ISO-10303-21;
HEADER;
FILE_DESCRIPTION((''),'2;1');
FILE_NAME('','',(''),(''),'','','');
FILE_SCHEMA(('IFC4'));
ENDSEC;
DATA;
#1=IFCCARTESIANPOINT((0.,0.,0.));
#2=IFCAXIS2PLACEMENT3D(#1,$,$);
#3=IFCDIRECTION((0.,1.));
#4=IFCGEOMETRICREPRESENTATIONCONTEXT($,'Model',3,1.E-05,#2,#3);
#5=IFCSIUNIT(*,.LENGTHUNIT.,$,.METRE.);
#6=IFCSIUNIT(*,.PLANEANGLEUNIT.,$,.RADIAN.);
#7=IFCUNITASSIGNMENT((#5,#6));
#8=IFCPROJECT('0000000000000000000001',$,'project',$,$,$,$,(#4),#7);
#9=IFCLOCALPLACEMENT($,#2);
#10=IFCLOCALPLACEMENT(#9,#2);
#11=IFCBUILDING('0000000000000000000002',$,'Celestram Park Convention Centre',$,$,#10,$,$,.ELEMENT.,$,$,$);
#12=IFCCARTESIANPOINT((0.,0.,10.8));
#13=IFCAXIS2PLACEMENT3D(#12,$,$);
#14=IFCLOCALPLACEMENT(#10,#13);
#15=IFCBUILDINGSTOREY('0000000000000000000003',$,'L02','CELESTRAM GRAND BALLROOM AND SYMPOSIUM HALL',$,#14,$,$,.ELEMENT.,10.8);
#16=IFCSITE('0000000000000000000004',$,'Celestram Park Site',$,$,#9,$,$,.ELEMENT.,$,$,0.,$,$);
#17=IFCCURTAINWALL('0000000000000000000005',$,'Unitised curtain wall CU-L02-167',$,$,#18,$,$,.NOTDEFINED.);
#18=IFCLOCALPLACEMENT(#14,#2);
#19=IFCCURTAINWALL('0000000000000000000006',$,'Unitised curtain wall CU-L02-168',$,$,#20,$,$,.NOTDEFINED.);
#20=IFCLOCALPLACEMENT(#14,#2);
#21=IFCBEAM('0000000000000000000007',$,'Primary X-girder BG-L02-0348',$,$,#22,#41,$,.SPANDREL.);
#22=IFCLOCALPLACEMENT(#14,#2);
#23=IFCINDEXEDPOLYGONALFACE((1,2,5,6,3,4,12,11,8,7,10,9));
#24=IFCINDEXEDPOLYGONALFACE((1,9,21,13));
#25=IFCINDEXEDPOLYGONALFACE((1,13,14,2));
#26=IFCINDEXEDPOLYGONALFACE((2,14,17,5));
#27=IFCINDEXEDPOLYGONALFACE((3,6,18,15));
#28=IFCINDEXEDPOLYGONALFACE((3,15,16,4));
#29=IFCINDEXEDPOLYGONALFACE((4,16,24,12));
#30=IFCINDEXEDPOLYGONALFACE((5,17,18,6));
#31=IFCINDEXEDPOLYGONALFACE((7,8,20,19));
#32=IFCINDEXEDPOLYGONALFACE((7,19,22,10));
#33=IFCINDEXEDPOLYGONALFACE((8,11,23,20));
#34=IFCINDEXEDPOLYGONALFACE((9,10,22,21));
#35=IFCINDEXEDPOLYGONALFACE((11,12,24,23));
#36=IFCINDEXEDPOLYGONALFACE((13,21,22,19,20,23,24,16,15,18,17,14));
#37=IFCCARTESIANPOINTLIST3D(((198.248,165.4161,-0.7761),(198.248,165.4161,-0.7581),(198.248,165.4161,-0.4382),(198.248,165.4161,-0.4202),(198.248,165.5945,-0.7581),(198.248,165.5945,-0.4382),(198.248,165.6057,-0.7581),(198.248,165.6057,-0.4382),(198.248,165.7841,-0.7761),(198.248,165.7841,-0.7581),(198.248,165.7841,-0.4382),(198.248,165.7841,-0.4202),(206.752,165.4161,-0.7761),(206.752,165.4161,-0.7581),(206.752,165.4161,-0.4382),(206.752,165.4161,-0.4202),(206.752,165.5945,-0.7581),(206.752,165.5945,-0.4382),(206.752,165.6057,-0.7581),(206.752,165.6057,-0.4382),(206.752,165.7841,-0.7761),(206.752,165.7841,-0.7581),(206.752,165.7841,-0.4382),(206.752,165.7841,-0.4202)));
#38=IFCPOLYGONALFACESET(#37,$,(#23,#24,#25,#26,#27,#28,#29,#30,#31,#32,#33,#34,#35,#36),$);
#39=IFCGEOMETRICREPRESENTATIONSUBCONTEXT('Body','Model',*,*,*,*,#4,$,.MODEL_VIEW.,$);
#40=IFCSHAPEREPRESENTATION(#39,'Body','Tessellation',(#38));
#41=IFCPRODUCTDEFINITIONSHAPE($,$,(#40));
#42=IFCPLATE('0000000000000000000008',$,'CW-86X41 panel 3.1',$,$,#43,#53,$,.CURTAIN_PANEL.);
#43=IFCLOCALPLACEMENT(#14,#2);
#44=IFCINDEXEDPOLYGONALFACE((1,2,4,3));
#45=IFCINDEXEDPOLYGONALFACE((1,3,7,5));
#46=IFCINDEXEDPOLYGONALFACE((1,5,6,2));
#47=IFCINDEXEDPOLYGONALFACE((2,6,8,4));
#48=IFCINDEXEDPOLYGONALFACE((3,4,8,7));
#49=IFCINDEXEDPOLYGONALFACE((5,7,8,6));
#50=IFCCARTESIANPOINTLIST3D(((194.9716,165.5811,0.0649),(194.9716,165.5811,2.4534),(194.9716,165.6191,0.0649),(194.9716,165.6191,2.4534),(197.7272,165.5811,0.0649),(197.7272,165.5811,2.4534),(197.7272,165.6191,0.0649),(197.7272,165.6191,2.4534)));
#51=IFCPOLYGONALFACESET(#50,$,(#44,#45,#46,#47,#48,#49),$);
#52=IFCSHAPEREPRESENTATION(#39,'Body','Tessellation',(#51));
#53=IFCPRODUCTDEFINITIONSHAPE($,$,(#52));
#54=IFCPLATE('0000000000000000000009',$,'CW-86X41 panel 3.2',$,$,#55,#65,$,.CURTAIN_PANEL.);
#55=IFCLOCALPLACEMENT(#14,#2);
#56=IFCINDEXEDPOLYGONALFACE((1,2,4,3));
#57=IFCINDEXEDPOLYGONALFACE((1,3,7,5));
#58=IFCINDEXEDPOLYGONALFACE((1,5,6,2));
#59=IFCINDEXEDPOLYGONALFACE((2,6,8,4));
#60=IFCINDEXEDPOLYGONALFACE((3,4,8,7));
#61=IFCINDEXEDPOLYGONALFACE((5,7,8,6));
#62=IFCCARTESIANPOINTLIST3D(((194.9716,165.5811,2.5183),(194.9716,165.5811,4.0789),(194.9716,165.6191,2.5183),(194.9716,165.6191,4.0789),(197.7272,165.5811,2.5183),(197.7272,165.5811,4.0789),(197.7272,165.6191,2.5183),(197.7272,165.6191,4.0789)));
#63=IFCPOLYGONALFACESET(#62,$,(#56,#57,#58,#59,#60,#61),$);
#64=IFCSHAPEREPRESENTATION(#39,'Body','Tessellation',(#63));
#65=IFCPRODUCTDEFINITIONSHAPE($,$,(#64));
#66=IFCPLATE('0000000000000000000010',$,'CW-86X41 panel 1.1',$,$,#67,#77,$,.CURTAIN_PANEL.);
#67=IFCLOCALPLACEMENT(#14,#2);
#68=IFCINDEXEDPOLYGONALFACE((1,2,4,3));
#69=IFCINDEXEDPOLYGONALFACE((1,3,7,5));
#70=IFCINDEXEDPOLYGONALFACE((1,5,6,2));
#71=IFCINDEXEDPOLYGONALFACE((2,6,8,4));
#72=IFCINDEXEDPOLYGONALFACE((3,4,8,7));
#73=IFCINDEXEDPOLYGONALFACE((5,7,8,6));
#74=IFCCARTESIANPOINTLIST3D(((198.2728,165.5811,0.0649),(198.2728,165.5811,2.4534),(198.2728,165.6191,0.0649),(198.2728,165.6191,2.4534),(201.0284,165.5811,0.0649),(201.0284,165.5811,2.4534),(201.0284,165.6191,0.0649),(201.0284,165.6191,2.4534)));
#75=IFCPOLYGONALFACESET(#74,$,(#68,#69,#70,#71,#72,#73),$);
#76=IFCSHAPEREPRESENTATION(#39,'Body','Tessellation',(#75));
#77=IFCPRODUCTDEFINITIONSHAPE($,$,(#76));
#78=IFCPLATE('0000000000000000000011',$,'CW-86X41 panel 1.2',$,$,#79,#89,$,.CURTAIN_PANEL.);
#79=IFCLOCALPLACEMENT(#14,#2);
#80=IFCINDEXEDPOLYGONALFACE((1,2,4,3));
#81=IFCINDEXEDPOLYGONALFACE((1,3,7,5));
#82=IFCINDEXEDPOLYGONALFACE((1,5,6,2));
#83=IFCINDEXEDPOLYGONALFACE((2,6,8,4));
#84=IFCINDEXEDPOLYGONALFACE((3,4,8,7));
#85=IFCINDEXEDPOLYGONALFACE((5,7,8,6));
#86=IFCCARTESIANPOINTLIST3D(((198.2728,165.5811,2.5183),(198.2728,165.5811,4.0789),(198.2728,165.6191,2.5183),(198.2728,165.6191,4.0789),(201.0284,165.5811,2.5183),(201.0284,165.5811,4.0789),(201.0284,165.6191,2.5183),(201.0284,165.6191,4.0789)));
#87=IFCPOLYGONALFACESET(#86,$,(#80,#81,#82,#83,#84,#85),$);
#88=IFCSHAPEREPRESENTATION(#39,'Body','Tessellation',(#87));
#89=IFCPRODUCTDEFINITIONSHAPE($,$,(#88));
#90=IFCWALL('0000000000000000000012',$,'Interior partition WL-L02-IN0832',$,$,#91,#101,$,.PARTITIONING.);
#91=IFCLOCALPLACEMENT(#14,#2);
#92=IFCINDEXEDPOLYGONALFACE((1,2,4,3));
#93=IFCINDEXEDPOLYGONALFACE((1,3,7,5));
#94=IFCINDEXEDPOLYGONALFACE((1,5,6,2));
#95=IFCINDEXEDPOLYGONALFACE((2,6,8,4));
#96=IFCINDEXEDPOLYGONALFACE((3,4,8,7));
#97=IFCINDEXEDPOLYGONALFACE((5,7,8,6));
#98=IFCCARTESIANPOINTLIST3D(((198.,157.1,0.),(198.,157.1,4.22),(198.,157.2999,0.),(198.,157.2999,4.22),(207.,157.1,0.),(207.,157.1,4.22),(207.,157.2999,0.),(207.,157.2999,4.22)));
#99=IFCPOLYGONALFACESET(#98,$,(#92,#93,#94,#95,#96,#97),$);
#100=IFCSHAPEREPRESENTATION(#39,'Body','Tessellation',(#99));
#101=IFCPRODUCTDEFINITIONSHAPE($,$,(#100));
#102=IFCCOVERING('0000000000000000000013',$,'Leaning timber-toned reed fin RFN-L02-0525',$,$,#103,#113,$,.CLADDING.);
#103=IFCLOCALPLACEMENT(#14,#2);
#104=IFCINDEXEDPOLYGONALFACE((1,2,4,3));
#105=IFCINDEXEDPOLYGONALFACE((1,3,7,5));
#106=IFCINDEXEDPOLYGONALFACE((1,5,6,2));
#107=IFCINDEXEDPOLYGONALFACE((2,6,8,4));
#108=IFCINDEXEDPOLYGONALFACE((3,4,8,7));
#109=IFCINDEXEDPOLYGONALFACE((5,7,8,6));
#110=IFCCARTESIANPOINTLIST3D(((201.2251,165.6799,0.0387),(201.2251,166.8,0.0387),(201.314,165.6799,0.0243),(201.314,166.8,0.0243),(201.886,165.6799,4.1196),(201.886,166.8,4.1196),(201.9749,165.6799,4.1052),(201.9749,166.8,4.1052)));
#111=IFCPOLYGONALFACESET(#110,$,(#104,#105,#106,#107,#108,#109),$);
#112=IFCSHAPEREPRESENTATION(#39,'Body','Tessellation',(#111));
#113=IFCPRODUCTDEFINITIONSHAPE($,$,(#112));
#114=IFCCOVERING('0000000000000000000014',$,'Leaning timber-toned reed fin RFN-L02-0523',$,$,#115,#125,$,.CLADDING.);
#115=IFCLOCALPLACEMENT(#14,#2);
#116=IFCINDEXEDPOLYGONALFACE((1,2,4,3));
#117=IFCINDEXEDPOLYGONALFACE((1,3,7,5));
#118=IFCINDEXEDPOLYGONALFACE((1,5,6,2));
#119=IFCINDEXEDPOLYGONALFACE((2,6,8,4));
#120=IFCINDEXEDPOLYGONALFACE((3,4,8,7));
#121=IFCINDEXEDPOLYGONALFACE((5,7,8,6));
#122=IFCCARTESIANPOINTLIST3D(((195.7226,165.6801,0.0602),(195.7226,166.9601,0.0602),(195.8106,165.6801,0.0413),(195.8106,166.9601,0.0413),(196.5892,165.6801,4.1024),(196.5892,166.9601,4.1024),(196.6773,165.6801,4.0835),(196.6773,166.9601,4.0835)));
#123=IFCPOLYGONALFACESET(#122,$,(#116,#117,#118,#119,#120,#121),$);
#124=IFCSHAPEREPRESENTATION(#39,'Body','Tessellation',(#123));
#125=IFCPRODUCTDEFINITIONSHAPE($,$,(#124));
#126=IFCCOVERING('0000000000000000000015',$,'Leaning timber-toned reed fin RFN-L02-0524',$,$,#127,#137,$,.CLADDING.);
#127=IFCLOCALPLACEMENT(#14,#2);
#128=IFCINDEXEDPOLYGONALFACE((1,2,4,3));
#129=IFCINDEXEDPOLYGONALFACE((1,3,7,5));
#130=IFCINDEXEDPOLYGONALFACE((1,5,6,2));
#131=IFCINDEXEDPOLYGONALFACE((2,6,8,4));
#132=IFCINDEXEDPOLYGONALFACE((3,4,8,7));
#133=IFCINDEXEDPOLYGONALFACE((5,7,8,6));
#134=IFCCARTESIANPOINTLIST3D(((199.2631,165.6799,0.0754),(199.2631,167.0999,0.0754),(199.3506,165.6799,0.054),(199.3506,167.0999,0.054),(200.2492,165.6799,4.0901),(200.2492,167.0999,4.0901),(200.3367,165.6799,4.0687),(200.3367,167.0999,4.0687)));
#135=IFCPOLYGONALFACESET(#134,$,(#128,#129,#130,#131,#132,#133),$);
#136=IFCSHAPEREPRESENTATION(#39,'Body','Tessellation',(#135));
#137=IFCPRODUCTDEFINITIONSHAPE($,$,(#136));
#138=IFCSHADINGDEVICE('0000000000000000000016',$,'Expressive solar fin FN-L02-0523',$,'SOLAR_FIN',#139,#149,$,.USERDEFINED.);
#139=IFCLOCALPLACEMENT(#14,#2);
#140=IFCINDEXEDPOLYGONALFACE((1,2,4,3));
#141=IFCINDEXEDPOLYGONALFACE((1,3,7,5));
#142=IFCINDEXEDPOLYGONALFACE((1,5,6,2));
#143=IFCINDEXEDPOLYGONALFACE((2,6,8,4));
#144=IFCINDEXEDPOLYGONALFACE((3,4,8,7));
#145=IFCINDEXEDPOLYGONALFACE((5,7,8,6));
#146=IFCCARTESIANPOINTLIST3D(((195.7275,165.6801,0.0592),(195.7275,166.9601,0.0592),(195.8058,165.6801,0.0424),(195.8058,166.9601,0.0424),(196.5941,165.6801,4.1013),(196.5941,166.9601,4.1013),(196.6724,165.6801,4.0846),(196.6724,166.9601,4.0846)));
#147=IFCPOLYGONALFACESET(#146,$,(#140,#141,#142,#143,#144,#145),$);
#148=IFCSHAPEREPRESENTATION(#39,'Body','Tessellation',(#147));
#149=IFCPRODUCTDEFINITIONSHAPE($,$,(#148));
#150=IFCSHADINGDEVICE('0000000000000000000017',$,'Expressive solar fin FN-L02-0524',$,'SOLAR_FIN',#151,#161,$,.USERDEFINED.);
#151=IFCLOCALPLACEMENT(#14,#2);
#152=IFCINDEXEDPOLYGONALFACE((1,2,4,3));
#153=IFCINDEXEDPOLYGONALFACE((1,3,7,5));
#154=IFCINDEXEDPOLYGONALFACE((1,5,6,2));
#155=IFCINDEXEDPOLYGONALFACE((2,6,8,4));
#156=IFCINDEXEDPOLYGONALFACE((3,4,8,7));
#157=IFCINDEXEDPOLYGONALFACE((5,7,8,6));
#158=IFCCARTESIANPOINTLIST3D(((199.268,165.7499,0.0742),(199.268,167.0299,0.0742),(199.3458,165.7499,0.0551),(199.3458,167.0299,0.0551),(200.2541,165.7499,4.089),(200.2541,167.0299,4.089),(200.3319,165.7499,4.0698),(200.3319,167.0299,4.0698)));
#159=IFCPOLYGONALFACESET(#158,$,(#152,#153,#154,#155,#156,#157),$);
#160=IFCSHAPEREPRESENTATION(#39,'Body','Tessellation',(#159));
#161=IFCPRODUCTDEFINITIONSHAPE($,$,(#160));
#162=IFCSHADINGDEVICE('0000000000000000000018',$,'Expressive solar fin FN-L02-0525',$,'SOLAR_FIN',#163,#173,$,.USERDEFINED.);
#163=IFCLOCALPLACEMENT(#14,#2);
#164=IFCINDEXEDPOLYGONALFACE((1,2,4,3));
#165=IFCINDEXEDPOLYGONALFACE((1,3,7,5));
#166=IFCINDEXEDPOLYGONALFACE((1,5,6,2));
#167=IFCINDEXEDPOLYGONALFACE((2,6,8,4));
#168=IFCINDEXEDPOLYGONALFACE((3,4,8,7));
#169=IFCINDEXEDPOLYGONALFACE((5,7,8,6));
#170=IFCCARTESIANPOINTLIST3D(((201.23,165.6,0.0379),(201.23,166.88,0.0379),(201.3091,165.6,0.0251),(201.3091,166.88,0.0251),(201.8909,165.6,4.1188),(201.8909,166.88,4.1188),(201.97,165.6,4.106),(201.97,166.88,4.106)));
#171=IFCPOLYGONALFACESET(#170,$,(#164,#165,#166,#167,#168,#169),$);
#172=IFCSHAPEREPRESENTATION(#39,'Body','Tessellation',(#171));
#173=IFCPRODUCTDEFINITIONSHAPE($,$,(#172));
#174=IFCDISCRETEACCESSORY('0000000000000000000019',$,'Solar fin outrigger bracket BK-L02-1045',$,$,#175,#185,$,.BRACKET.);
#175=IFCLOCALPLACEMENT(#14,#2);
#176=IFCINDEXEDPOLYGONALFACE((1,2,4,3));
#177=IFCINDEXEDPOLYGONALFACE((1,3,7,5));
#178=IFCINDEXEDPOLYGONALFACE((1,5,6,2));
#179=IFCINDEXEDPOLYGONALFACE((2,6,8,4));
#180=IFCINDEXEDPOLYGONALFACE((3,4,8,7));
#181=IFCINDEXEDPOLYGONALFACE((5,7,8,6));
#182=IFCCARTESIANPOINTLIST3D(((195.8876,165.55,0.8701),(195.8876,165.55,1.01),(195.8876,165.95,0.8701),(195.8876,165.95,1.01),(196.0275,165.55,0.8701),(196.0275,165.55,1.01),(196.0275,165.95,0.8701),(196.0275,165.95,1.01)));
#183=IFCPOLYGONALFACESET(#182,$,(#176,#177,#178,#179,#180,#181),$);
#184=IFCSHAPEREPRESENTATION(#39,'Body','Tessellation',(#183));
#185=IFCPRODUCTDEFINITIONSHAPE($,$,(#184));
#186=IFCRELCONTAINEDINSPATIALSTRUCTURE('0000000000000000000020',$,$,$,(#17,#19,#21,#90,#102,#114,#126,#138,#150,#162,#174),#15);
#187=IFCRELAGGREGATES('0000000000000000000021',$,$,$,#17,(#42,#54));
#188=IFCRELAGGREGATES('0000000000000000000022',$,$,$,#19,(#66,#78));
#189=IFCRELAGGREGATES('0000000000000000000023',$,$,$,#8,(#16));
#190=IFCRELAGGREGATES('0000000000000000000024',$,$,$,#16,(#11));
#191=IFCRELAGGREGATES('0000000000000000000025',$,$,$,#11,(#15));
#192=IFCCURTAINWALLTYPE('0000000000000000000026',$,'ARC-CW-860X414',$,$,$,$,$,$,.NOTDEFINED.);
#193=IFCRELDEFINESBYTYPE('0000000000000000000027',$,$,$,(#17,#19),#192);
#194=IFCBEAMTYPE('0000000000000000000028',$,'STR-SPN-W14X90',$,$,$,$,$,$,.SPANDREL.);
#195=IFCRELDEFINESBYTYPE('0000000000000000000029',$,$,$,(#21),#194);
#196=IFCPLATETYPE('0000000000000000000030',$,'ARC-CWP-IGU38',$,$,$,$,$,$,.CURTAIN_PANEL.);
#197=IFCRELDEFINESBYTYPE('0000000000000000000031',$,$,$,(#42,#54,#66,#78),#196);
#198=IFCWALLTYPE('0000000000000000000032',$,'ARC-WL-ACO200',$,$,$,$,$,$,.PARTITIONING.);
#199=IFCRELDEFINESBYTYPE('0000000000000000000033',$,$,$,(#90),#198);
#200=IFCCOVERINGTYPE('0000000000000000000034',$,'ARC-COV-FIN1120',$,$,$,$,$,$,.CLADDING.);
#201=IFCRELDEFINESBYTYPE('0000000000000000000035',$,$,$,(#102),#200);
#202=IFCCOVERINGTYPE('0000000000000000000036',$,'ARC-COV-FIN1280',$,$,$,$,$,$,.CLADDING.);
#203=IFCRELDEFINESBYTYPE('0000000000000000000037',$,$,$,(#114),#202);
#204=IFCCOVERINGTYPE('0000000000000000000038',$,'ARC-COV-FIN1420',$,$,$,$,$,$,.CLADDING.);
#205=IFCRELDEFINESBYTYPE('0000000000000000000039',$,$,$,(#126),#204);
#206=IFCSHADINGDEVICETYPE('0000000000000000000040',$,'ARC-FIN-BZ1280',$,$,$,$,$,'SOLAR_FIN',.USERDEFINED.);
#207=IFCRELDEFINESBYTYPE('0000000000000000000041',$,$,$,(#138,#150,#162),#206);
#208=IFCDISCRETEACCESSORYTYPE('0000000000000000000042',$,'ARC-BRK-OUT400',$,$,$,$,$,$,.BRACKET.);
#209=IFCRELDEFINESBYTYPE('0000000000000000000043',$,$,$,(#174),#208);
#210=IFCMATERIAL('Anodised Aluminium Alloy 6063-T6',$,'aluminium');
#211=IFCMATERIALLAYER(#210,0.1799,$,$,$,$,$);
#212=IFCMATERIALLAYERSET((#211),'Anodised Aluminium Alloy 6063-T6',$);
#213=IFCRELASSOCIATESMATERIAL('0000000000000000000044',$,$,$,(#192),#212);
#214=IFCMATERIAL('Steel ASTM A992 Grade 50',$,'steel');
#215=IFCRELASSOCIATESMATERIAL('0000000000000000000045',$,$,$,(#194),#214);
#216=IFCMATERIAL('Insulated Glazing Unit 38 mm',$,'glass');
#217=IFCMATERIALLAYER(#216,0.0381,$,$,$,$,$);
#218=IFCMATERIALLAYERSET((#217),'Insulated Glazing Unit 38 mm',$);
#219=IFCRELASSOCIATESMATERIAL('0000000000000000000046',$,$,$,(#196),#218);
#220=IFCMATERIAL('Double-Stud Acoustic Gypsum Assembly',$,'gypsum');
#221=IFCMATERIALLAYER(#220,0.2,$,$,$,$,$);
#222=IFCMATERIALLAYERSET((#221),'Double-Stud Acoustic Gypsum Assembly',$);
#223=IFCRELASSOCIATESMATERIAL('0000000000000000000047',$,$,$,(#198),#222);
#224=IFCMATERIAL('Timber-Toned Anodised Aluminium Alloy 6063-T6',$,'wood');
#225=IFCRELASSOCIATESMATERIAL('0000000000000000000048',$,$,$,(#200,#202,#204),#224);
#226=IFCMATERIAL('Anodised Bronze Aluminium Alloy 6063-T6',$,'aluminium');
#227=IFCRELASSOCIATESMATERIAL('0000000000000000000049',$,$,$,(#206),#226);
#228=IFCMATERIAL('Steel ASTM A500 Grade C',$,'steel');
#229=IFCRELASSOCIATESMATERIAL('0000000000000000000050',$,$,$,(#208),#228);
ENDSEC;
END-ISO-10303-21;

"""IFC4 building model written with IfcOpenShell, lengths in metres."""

from ifc_helpers import new_model, si_unit, direction, frame, frame_2d, origin, origin_2d, place, context, subcontext, project, spatial, rectangle, i_section, extrude, material, layer, layer_set, material_profile, profile_set, type_object, element, aggregate, save


model = new_model("IFC4")

# Units and contexts
model_context = context("Model", 3, precision=1e-05, world=origin(), true_north=direction((0.0, 1.0)))
body_context = subcontext(model_context, "Body", "Model", "MODEL_VIEW")
ifc_project = project(units=[si_unit("LENGTHUNIT", "METRE"), si_unit("PLANEANGLEUNIT", "RADIAN")], contexts=[model_context])

# Site, building, storey
site_placement = place(None, origin())
site = spatial("IfcSite", under=ifc_project, at=site_placement, Name="Celestram Park Site", CompositionType="ELEMENT", RefElevation=0.0)
building_placement = place(site_placement, origin())
building = spatial("IfcBuilding", under=site, at=building_placement, Name="Celestram Park Convention Centre", CompositionType="ELEMENT")
storey_placement = place(building_placement, frame((0.0, 0.0, 10.8)))
storey = spatial("IfcBuildingStorey", under=building, at=storey_placement, Name="L02", Description="CELESTRAM GRAND BALLROOM AND SYMPOSIUM HALL", CompositionType="ELEMENT", Elevation=10.8)

# Shared definitions
ifc_material_1 = material(Name="Steel ASTM A500 Grade C", Category="steel")

# Curtain wall
ifc_material_2 = material(Name="Anodised Aluminium Alloy 6063-T6", Category="aluminium")
ifc_layer_1 = layer(ifc_material_2, 0.1799)
ifc_layer_set_1 = layer_set([ifc_layer_1], Name="Anodised Aluminium Alloy 6063-T6")
curtain_wall_type = type_object("IfcCurtainWallType", Name="ARC-CW-860X414", PredefinedType="NOTDEFINED", material=ifc_layer_set_1)
curtain_wall_1_placement = place(storey_placement, origin())
curtain_wall_1 = element("IfcCurtainWall", 1, at=curtain_wall_1_placement, inside=storey, type_object=curtain_wall_type, Name="Unitised curtain wall CU-L02-167", PredefinedType="NOTDEFINED")

# Curtain wall
curtain_wall_2_placement = place(storey_placement, origin())
curtain_wall_2 = element("IfcCurtainWall", 2, at=curtain_wall_2_placement, inside=storey, type_object=curtain_wall_type, Name="Unitised curtain wall CU-L02-168", PredefinedType="NOTDEFINED")

# Beam
ifc_material_3 = material(Name="Steel ASTM A992 Grade 50", Category="steel")
ifc_material_profile_1 = material_profile(ifc_material_3, i_section(OverallWidth=0.3679, OverallDepth=0.356, WebThickness=0.0112, FlangeThickness=0.0181, at=origin_2d()), Name="W14X90")
ifc_profile_set_1 = profile_set([ifc_material_profile_1], Name="Steel ASTM A992 Grade 50")
beam_type = type_object("IfcBeamType", Name="STR-SPN-W14X90", PredefinedType="SPANDREL", material=ifc_profile_set_1)
beam_placement = place(storey_placement, frame((198.248, 165.6001, -0.5981), z_axis=(1.0, 0.0, 0.0), x_axis=(0.0, 1.0, 0.0)))
element("IfcBeam", 3, at=beam_placement, inside=storey, type_object=beam_type, Name="Primary X-girder BG-L02-0348", PredefinedType="SPANDREL", context=body_context, shape_type="SweptSolid", body=[
    extrude(i_section(OverallWidth=0.3679, OverallDepth=0.356, WebThickness=0.0112, FlangeThickness=0.0181, at=origin_2d()), origin(), (0.0, 0.0, 1.0), 8.5039),
])

# Plates
ifc_material_4 = material(Name="Insulated Glazing Unit 38 mm", Category="glass")
ifc_layer_2 = layer(ifc_material_4, 0.0381)
ifc_layer_set_2 = layer_set([ifc_layer_2], Name="Insulated Glazing Unit 38 mm")
plate_type = type_object("IfcPlateType", Name="ARC-CWP-IGU38", PredefinedType="CURTAIN_PANEL", material=ifc_layer_set_2)
plate_1_placement = place(storey_placement, frame((196.3494, 165.6001, 0.0649), z_axis=(0.0, 0.0, 1.0), x_axis=(1.0, 0.0, 0.0)))
plate_1 = element("IfcPlate", 4, at=plate_1_placement, type_object=plate_type, Name="CW-86X41 panel 3.1", PredefinedType="CURTAIN_PANEL", context=body_context, shape_type="SweptSolid", body=[
    extrude(rectangle(XDim=2.7556, YDim=0.0381, at=origin_2d()), origin(), (0.0, 0.0, 1.0), 2.3884),
])
plate_2_placement = place(storey_placement, frame((196.3494, 165.6001, 2.5183), z_axis=(0.0, 0.0, 1.0), x_axis=(1.0, 0.0, 0.0)))
plate_2 = element("IfcPlate", 5, at=plate_2_placement, type_object=plate_type, Name="CW-86X41 panel 3.2", PredefinedType="CURTAIN_PANEL", context=body_context, shape_type="SweptSolid", body=[
    extrude(rectangle(XDim=2.7556, YDim=0.0381, at=origin_2d()), origin(), (0.0, 0.0, 1.0), 1.5605),
])
aggregate(curtain_wall_1, [plate_1, plate_2])
plate_3_placement = place(storey_placement, frame((199.6506, 165.6001, 0.0649), z_axis=(0.0, 0.0, 1.0), x_axis=(1.0, 0.0, 0.0)))
plate_3 = element("IfcPlate", 6, at=plate_3_placement, type_object=plate_type, Name="CW-86X41 panel 1.1", PredefinedType="CURTAIN_PANEL", context=body_context, shape_type="SweptSolid", body=[
    extrude(rectangle(XDim=2.7556, YDim=0.0381, at=origin_2d()), origin(), (0.0, 0.0, 1.0), 2.3884),
])
plate_4_placement = place(storey_placement, frame((199.6506, 165.6001, 2.5183), z_axis=(0.0, 0.0, 1.0), x_axis=(1.0, 0.0, 0.0)))
plate_4 = element("IfcPlate", 7, at=plate_4_placement, type_object=plate_type, Name="CW-86X41 panel 1.2", PredefinedType="CURTAIN_PANEL", context=body_context, shape_type="SweptSolid", body=[
    extrude(rectangle(XDim=2.7556, YDim=0.0381, at=origin_2d()), origin(), (0.0, 0.0, 1.0), 1.5605),
])
aggregate(curtain_wall_2, [plate_3, plate_4])

# Wall
ifc_material_5 = material(Name="Double-Stud Acoustic Gypsum Assembly", Category="gypsum")
ifc_layer_3 = layer(ifc_material_5, 0.2)
ifc_layer_set_3 = layer_set([ifc_layer_3], Name="Double-Stud Acoustic Gypsum Assembly")
wall_type = type_object("IfcWallType", Name="ARC-WL-ACO200", PredefinedType="PARTITIONING", material=ifc_layer_set_3)
wall_placement = place(storey_placement, frame((198.0, 157.2, 0.0), z_axis=(0.0, 0.0, 1.0), x_axis=(1.0, 0.0, 0.0)))
element("IfcWall", 8, at=wall_placement, inside=storey, type_object=wall_type, Name="Interior partition WL-L02-IN0832", PredefinedType="PARTITIONING", context=body_context, shape_type="SweptSolid", body=[
    extrude(rectangle(XDim=9.0, YDim=0.2, at=frame_2d((4.5, 0.0))), origin(), (0.0, 0.0, 1.0), 4.22),
])

# Coverings
ifc_material_6 = material(Name="Timber-Toned Anodised Aluminium Alloy 6063-T6", Category="wood")
ifc_material_profile_2 = material_profile(ifc_material_6, rectangle(XDim=1.1201, YDim=0.0901, at=origin_2d()), Name="REED1120X90")
ifc_profile_set_2 = profile_set([ifc_material_profile_2], Name="Timber-Toned Anodised Aluminium Alloy 6063-T6")
covering_type_1 = type_object("IfcCoveringType", Name="ARC-COV-FIN1120", PredefinedType="CLADDING", material=ifc_profile_set_2)
covering_1_placement = place(storey_placement, frame((201.2695, 166.24, 0.0315), z_axis=(0.159867, 0.0, 0.987138), x_axis=(0.0, 1.0, 0.0)))
element("IfcCovering", 9, at=covering_1_placement, inside=storey, type_object=covering_type_1, Name="Leaning timber-toned reed fin RFN-L02-0525", PredefinedType="CLADDING", context=body_context, shape_type="SweptSolid", body=[
    extrude(rectangle(XDim=1.1201, YDim=0.0901, at=origin_2d()), origin(), (0.0, 0.0, 1.0), 4.134),
])
ifc_material_profile_3 = material_profile(ifc_material_6, rectangle(XDim=1.28, YDim=0.0901, at=origin_2d()), Name="REED1280X90")
ifc_profile_set_3 = profile_set([ifc_material_profile_3], Name="Timber-Toned Anodised Aluminium Alloy 6063-T6")
covering_type_2 = type_object("IfcCoveringType", Name="ARC-COV-FIN1280", PredefinedType="CLADDING", material=ifc_profile_set_3)
covering_2_placement = place(storey_placement, frame((195.7666, 166.3201, 0.0508), z_axis=(0.209646, 0.0, 0.977777), x_axis=(0.0, 1.0, 0.0)))
element("IfcCovering", 10, at=covering_2_placement, inside=storey, type_object=covering_type_2, Name="Leaning timber-toned reed fin RFN-L02-0523", PredefinedType="CLADDING", context=body_context, shape_type="SweptSolid", body=[
    extrude(rectangle(XDim=1.28, YDim=0.0901, at=origin_2d()), origin(), (0.0, 0.0, 1.0), 4.134),
])
ifc_material_profile_4 = material_profile(ifc_material_6, rectangle(XDim=1.4199, YDim=0.0901, at=origin_2d()), Name="REED1420X90")
ifc_profile_set_4 = profile_set([ifc_material_profile_4], Name="Timber-Toned Anodised Aluminium Alloy 6063-T6")
covering_type_3 = type_object("IfcCoveringType", Name="ARC-COV-FIN1420", PredefinedType="CLADDING", material=ifc_profile_set_4)
covering_3_placement = place(storey_placement, frame((199.3069, 166.3899, 0.0647), z_axis=(0.238532, 0.0, 0.971135), x_axis=(0.0, 1.0, 0.0)))
element("IfcCovering", 11, at=covering_3_placement, inside=storey, type_object=covering_type_3, Name="Leaning timber-toned reed fin RFN-L02-0524", PredefinedType="CLADDING", context=body_context, shape_type="SweptSolid", body=[
    extrude(rectangle(XDim=1.4199, YDim=0.0901, at=origin_2d()), origin(), (0.0, 0.0, 1.0), 4.134),
])

# Shading devices
ifc_material_7 = material(Name="Anodised Bronze Aluminium Alloy 6063-T6", Category="aluminium")
ifc_material_profile_5 = material_profile(ifc_material_7, rectangle(XDim=1.28, YDim=0.0801, at=origin_2d()), Name="FIN1280X80")
ifc_profile_set_5 = profile_set([ifc_material_profile_5], Name="Anodised Bronze Aluminium Alloy 6063-T6")
shading_device_type = type_object("IfcShadingDeviceType", Name="ARC-FIN-BZ1280", ElementType="SOLAR_FIN", PredefinedType="USERDEFINED", material=ifc_profile_set_5)
for number, where, z_axis, x_axis, name in (
    (12, (195.7666, 166.3201, 0.0508), (0.209646, 0.0, 0.977777), (0.0, 1.0, 0.0), "Expressive solar fin FN-L02-0523"),
    (13, (199.3069, 166.3899, 0.0647), (0.238532, 0.0, 0.971135), (0.0, 1.0, 0.0), "Expressive solar fin FN-L02-0524"),
    (14, (201.2695, 166.24, 0.0315), (0.159867, 0.0, 0.987138), (0.0, 1.0, 0.0), "Expressive solar fin FN-L02-0525"),
):
    element("IfcShadingDevice", number, at=place(storey_placement, frame(where, z_axis=z_axis, x_axis=x_axis)), inside=storey, type_object=shading_device_type, Name=name, ObjectType="SOLAR_FIN", PredefinedType="USERDEFINED", context=body_context, shape_type="SweptSolid", body=[
        extrude(rectangle(XDim=1.28, YDim=0.0801, at=origin_2d()), origin(), (0.0, 0.0, 1.0), 4.134),
    ])

# Discrete accessory
discrete_accessory_type = type_object("IfcDiscreteAccessoryType", Name="ARC-BRK-OUT400", PredefinedType="BRACKET", material=ifc_material_1)
for number, where, z_axis, x_axis, name in (
    (15, (195.9575, 165.75, 0.8701), (0.0, 0.0, 1.0), (0.0, 1.0, 0.0), "Solar fin outrigger bracket BK-L02-1045"),
):
    element("IfcDiscreteAccessory", number, at=place(storey_placement, frame(where, z_axis=z_axis, x_axis=x_axis)), inside=storey, type_object=discrete_accessory_type, Name=name, PredefinedType="BRACKET", context=body_context, shape_type="SweptSolid", body=[
        extrude(rectangle(XDim=0.3999, YDim=0.1399, at=origin_2d()), origin(), (0.0, 0.0, 1.0), 0.1399),
    ])

save(model, "model.ifc")
